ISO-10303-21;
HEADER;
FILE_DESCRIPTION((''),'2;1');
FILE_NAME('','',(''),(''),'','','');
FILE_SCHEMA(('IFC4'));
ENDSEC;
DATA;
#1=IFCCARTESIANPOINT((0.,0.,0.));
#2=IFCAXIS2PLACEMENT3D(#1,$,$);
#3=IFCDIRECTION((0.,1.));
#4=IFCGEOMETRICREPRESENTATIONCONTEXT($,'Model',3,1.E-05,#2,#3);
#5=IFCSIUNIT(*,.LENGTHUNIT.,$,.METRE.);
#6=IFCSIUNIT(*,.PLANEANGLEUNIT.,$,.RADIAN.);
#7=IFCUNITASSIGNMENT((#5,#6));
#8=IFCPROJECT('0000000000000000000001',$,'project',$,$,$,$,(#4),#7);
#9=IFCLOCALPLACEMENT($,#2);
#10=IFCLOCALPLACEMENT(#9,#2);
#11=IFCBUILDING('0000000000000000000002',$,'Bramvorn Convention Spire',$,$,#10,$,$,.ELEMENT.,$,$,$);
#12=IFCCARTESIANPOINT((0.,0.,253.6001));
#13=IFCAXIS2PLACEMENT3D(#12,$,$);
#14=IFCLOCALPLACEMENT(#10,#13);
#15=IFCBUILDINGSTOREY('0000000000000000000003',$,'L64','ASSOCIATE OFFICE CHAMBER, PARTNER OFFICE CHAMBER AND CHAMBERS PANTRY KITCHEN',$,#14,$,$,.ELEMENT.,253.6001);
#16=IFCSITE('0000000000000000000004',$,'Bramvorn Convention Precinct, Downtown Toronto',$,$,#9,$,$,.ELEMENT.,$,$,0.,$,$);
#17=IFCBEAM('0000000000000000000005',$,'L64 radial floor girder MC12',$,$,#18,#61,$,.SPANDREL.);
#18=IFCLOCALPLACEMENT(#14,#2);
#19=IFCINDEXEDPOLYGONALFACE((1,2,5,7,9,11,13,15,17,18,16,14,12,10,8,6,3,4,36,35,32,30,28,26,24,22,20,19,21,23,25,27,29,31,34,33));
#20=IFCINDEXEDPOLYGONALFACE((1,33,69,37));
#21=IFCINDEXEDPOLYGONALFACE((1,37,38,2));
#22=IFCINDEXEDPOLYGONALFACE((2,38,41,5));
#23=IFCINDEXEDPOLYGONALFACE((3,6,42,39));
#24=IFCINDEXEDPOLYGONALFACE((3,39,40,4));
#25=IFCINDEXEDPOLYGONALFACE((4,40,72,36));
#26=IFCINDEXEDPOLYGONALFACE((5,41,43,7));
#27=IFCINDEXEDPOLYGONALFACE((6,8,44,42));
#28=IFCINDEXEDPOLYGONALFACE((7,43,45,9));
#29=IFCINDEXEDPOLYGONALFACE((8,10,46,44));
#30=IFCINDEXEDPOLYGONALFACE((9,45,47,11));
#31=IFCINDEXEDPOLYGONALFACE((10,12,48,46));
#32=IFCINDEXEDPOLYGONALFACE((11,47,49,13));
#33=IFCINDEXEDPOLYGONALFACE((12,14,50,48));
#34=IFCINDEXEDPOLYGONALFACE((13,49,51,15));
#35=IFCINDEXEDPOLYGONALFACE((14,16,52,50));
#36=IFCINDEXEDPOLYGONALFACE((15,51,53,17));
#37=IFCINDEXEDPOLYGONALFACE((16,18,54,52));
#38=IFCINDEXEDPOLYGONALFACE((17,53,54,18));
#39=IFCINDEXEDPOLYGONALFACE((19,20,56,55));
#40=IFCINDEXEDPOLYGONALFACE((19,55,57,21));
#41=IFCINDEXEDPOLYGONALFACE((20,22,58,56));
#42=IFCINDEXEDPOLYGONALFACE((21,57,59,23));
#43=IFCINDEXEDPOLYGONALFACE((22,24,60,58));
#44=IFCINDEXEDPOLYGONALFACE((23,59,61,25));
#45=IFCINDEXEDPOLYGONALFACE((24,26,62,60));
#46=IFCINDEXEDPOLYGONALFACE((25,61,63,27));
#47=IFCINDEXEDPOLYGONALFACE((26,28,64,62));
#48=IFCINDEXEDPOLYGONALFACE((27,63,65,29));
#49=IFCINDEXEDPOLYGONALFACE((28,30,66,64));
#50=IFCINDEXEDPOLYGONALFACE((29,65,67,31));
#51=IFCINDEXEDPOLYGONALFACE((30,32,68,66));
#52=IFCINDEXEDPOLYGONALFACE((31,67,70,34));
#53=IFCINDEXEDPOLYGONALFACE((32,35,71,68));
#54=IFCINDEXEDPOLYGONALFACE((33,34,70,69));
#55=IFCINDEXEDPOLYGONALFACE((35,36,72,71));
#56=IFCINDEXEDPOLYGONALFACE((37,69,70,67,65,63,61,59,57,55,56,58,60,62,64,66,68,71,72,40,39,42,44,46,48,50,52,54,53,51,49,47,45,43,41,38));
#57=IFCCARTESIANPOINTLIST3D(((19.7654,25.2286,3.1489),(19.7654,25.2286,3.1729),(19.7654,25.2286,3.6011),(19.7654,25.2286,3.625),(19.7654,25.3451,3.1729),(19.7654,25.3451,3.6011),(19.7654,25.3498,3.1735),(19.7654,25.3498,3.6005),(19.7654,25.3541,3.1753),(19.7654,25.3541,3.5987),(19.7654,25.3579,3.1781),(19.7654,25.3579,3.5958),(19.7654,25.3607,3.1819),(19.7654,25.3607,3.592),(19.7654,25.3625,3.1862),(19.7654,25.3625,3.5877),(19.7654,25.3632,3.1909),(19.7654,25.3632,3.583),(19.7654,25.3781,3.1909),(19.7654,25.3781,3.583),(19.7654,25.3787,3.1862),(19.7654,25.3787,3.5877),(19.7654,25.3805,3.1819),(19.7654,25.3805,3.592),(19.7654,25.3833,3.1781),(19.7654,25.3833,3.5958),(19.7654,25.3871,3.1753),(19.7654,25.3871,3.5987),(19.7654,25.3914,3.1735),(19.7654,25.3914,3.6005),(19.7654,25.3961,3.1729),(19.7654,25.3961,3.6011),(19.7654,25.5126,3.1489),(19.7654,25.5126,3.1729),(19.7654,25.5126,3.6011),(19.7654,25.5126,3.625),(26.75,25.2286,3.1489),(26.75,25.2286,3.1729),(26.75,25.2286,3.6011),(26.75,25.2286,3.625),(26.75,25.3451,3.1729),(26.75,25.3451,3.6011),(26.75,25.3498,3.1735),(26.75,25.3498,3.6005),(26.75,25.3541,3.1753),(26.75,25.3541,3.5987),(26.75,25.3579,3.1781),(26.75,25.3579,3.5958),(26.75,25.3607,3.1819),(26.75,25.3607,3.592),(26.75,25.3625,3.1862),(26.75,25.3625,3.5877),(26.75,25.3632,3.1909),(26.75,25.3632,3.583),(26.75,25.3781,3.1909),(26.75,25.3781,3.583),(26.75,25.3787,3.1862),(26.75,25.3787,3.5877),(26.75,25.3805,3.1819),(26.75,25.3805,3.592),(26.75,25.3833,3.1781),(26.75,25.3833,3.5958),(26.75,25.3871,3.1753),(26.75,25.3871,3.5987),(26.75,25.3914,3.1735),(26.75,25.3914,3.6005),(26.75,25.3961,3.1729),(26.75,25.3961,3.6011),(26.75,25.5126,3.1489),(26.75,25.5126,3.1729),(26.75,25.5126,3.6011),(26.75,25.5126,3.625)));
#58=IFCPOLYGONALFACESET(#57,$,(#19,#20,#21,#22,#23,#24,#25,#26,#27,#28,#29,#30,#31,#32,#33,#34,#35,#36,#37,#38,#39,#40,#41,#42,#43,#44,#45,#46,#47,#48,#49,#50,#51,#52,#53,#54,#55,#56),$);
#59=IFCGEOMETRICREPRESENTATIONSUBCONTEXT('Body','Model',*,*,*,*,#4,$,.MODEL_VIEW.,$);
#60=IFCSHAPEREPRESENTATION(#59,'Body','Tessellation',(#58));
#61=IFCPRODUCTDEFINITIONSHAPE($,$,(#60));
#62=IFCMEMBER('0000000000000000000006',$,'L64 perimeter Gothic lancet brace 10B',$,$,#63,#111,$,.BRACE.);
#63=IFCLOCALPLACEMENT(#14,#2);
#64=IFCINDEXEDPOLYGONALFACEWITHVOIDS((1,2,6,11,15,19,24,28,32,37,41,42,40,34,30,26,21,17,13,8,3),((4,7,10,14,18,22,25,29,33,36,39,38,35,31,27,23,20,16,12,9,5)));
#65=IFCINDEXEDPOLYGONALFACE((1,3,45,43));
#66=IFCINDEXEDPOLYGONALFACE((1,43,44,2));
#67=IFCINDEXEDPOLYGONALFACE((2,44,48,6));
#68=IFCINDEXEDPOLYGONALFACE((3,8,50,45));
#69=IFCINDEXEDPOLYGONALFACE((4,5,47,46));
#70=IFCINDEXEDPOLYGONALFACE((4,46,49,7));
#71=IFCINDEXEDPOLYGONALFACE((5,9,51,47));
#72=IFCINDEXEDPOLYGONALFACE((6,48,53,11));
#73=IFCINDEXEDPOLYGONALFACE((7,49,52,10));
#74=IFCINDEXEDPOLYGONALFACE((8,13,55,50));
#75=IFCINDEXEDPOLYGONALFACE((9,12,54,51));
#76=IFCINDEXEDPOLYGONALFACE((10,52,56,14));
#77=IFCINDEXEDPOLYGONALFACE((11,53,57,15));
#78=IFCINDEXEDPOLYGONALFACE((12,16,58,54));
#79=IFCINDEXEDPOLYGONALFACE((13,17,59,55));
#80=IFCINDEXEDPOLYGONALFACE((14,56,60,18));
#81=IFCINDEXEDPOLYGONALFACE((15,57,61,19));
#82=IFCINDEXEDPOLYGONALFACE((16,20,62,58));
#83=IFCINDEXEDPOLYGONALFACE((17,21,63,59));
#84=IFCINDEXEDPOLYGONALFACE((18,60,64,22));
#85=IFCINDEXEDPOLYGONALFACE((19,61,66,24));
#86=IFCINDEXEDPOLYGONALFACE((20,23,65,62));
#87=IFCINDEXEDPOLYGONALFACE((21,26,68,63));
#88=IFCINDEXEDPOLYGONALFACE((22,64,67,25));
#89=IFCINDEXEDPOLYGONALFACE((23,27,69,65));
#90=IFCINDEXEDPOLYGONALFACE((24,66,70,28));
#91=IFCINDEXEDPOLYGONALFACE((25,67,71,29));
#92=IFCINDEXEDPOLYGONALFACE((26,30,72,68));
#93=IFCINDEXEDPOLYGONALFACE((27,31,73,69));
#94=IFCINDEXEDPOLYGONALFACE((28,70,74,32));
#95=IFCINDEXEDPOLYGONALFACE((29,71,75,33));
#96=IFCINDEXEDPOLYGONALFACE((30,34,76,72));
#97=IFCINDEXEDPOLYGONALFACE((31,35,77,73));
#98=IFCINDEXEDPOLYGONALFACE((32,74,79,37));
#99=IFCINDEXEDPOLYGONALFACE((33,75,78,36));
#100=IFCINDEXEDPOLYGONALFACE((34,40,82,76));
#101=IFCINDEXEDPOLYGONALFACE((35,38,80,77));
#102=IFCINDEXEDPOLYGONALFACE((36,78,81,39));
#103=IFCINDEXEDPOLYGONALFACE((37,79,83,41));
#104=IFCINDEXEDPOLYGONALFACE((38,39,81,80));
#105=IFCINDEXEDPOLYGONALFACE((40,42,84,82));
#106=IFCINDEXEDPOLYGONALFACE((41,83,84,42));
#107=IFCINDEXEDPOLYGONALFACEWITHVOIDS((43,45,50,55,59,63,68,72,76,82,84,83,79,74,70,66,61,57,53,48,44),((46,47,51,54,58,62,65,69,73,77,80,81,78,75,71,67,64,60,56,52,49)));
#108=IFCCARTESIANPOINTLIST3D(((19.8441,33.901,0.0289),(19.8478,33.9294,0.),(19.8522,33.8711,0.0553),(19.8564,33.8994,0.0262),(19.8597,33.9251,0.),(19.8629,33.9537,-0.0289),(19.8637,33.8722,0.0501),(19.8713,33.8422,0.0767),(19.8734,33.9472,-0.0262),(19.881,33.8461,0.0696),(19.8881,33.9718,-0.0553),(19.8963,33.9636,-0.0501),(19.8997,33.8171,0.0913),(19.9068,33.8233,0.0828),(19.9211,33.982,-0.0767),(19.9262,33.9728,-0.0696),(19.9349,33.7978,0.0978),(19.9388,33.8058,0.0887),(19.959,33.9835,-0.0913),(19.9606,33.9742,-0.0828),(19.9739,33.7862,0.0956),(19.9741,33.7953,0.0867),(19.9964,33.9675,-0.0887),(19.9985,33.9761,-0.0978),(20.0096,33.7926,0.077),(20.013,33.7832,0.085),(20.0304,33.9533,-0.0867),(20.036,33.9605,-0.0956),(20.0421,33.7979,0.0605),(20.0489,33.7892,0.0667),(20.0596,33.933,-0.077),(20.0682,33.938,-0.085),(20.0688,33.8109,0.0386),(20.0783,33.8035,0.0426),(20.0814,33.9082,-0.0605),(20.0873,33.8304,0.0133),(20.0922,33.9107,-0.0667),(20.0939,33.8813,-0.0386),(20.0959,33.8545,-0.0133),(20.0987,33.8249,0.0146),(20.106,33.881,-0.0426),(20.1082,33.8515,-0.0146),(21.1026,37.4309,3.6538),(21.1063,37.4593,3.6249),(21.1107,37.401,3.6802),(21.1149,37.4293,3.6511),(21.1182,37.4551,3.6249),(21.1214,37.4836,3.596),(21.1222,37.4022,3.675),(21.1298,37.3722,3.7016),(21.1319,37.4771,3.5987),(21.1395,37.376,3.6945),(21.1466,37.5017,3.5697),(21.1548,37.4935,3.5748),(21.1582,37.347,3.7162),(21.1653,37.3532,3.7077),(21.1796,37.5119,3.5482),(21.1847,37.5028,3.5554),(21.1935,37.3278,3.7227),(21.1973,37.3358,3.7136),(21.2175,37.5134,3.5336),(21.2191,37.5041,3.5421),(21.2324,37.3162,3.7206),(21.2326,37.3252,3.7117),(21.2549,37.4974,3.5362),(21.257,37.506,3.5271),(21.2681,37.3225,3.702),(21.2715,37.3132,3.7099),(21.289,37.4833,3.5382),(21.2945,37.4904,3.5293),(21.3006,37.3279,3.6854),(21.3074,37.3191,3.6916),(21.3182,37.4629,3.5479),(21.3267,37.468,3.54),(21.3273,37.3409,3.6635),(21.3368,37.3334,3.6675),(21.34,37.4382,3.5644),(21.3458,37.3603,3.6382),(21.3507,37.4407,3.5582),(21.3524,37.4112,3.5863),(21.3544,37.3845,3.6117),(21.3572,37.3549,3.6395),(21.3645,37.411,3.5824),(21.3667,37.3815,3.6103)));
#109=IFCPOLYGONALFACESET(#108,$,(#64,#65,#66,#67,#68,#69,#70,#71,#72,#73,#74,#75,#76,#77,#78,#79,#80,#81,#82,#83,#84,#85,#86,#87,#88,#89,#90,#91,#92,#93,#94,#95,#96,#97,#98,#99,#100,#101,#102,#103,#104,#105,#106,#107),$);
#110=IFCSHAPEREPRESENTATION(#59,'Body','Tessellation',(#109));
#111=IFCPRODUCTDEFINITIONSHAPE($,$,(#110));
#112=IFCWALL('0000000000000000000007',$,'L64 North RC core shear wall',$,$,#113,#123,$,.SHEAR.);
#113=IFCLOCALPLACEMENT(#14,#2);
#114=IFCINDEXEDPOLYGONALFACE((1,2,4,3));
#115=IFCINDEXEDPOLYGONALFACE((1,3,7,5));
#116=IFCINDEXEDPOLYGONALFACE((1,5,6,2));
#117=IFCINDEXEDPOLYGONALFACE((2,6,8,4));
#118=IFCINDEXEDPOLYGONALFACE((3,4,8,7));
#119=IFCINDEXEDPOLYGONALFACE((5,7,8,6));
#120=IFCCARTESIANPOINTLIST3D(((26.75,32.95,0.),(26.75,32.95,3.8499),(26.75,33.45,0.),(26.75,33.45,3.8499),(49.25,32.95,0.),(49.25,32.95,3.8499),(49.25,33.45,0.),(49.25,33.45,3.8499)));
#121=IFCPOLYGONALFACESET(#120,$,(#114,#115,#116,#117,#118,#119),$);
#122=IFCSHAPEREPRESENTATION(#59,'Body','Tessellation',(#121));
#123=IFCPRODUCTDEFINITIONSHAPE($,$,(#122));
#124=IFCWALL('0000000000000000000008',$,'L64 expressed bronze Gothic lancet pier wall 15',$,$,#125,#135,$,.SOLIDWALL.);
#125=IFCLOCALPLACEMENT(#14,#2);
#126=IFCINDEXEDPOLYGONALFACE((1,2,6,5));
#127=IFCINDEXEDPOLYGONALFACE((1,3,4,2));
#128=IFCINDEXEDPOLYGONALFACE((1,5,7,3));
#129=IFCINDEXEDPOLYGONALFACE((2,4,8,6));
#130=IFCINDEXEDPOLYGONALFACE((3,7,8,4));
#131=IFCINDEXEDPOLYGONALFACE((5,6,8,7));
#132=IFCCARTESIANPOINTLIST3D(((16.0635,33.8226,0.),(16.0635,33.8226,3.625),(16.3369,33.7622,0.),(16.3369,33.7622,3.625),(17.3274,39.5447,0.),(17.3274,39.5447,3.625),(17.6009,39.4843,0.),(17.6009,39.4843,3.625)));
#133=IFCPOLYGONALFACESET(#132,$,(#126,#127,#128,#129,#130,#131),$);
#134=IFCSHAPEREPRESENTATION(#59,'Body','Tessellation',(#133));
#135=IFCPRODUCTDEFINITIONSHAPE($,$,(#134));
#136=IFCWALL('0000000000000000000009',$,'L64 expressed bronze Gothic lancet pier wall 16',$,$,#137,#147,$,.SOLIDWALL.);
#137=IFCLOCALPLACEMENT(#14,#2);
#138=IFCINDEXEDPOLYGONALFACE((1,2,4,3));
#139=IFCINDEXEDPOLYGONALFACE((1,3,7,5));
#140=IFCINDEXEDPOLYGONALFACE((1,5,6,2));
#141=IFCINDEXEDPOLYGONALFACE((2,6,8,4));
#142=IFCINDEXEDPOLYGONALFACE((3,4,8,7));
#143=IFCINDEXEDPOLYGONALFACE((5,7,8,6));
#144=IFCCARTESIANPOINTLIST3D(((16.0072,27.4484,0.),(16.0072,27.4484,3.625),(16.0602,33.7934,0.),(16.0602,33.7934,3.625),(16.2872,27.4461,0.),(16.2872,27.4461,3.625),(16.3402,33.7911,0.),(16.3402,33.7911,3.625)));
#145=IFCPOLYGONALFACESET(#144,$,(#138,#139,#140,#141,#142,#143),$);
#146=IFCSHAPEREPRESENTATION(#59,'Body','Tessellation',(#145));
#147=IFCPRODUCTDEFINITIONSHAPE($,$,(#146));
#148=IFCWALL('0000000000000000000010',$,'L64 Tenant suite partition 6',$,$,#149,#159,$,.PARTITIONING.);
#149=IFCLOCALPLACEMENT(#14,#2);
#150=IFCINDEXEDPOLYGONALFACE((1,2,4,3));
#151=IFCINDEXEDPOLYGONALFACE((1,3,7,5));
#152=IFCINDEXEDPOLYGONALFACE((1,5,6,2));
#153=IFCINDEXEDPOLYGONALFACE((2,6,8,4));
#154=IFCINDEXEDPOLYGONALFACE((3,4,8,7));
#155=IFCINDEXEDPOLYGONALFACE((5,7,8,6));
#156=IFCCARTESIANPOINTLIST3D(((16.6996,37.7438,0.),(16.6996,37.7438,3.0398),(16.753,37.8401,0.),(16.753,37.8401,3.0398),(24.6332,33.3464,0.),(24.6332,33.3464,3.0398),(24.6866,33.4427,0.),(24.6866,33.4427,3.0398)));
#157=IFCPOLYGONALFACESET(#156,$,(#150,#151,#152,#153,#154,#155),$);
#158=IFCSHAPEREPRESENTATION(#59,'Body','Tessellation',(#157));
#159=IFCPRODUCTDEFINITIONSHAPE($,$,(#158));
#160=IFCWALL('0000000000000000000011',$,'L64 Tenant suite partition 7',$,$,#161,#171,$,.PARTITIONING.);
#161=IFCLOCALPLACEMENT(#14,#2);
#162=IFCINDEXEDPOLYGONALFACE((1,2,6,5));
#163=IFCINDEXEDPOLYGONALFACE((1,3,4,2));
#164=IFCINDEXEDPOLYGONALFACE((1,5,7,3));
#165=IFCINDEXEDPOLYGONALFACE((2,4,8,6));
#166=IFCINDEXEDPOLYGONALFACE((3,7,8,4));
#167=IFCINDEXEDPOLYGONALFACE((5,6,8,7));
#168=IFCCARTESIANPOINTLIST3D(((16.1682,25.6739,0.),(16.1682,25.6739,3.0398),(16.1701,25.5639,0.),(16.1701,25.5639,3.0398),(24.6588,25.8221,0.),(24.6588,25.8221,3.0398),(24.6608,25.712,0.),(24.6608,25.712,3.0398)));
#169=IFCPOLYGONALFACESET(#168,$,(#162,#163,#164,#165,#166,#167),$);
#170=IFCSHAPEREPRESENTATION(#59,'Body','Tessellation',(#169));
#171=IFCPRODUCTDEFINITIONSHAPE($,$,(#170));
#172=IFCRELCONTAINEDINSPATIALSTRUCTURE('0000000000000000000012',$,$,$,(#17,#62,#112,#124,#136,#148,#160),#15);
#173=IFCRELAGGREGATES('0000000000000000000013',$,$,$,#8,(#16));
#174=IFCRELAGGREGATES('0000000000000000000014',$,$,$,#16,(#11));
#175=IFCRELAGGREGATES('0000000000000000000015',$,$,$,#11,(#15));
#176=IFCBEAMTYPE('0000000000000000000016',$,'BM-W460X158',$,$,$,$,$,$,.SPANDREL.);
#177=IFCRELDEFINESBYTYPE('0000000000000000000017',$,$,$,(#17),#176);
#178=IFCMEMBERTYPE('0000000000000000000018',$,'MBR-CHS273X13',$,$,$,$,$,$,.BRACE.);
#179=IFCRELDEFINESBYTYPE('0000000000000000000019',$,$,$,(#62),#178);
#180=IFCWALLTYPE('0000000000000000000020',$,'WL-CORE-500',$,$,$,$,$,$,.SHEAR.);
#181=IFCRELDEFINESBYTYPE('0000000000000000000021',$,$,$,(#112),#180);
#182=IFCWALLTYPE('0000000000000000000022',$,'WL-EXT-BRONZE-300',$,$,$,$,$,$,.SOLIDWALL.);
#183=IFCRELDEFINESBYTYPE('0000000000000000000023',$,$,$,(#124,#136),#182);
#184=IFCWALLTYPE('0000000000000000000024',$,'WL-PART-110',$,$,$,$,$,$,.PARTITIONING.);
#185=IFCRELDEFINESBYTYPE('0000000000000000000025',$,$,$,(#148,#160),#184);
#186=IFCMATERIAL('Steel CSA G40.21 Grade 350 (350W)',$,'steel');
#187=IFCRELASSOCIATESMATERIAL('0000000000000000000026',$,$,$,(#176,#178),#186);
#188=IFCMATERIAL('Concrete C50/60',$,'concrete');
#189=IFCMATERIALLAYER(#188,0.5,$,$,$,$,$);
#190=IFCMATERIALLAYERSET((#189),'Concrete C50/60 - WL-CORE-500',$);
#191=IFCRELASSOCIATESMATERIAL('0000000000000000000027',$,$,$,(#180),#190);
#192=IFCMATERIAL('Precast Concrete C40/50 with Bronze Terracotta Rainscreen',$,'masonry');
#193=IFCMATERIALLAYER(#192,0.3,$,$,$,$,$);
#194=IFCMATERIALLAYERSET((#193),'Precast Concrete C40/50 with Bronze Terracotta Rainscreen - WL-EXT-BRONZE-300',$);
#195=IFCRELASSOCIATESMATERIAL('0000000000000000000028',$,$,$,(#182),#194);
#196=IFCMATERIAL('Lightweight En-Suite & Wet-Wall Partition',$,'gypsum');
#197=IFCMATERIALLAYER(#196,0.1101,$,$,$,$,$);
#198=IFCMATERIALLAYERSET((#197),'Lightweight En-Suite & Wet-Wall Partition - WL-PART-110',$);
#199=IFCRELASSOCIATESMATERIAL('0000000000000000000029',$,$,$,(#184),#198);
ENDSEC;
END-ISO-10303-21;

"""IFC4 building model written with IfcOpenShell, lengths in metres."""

from ifc_helpers import new_model, si_unit, direction, frame, frame_2d, origin, origin_2d, place, context, subcontext, project, spatial, rectangle, hollow_circle, i_section, extrude, material, layer, layer_set, material_profile, profile_set, type_object, element, save


model = new_model("IFC4")

# Units and contexts
model_context = context("Model", 3, precision=1e-05, world=origin(), true_north=direction((0.0, 1.0)))
body_context = subcontext(model_context, "Body", "Model", "MODEL_VIEW")
ifc_project = project(units=[si_unit("LENGTHUNIT", "METRE"), si_unit("PLANEANGLEUNIT", "RADIAN")], contexts=[model_context])

# Site, building, storey
site_placement = place(None, origin())
site = spatial("IfcSite", under=ifc_project, at=site_placement, Name="Bramvorn Convention Precinct, Downtown Toronto", CompositionType="ELEMENT", RefElevation=0.0)
building_placement = place(site_placement, origin())
building = spatial("IfcBuilding", under=site, at=building_placement, Name="Bramvorn Convention Spire", CompositionType="ELEMENT")
storey_placement = place(building_placement, frame((0.0, 0.0, 253.6001)))
storey = spatial("IfcBuildingStorey", under=building, at=storey_placement, Name="L64", Description="ASSOCIATE OFFICE CHAMBER, PARTNER OFFICE CHAMBER AND CHAMBERS PANTRY KITCHEN", CompositionType="ELEMENT", Elevation=253.6001)

# Shared definitions
ifc_material_1 = material(Name="Steel CSA G40.21 Grade 350 (350W)", Category="steel")

# Beam
ifc_material_profile_1 = material_profile(ifc_material_1, i_section(OverallWidth=0.2839, OverallDepth=0.4761, WebThickness=0.0149, FlangeThickness=0.0239, FilletRadius=0.0181, at=origin_2d()))
ifc_profile_set_1 = profile_set([ifc_material_profile_1], Name="Steel CSA G40.21 Grade 350 (350W) - W460X158")
beam_type_1 = type_object("IfcBeamType", Name="BM-W460X158", PredefinedType="SPANDREL", material=ifc_profile_set_1)
beam_1_placement = place(storey_placement, frame((26.75, 25.3706, 3.387), z_axis=(-1.0, 0.0, 0.0), x_axis=(0.0, -1.0, 0.0)))
element("IfcBeam", 1, at=beam_1_placement, inside=storey, type_object=beam_type_1, Name="L64 radial floor girder MC12", PredefinedType="SPANDREL", context=body_context, shape_type="SweptSolid", body=[
    extrude(i_section(OverallWidth=0.2839, OverallDepth=0.4761, WebThickness=0.0149, FlangeThickness=0.0239, FilletRadius=0.0181, at=origin_2d()), origin(), (0.0, 0.0, 1.0), 6.9846),
])

# Member
ifc_material_profile_2 = material_profile(ifc_material_1, hollow_circle(Radius=0.1365, WallThickness=0.0127, at=origin_2d()))
ifc_profile_set_2 = profile_set([ifc_material_profile_2], Name="Steel CSA G40.21 Grade 350 (350W) - CHS273X13")
member_type = type_object("IfcMemberType", Name="MBR-CHS273X13", PredefinedType="BRACE", material=ifc_profile_set_2)
member_placement = place(storey_placement, frame((19.9763, 33.8835, 0.0), z_axis=(0.241379, 0.677031, 0.695245), x_axis=(-0.941926, 0.33582, 0.0)))
element("IfcMember", 2, at=member_placement, inside=storey, type_object=member_type, Name="L64 perimeter Gothic lancet brace 10B", PredefinedType="BRACE", context=body_context, shape_type="SweptSolid", body=[
    extrude(hollow_circle(Radius=0.1365, WallThickness=0.0127, at=origin_2d()), origin(), (0.0, 0.0, 1.0), 5.2139),
])

# Walls
ifc_material_2 = material(Name="Concrete C50/60", Category="concrete")
ifc_layer_1 = layer(ifc_material_2, 0.5)
ifc_layer_set_1 = layer_set([ifc_layer_1], Name="Concrete C50/60 - WL-CORE-500")
wall_type_1 = type_object("IfcWallType", Name="WL-CORE-500", PredefinedType="SHEAR", material=ifc_layer_set_1)
wall_1_placement = place(storey_placement, frame((26.75, 33.2, 0.0), z_axis=(0.0, 0.0, 1.0), x_axis=(1.0, 0.0, 0.0)))
element("IfcWall", 3, at=wall_1_placement, inside=storey, type_object=wall_type_1, Name="L64 North RC core shear wall", PredefinedType="SHEAR", context=body_context, shape_type="SweptSolid", body=[
    extrude(rectangle(XDim=22.5, YDim=0.5, at=frame_2d((11.25, 0.0))), origin(), (0.0, 0.0, 1.0), 3.8499),
])
ifc_material_3 = material(Name="Precast Concrete C40/50 with Bronze Terracotta Rainscreen", Category="masonry")
ifc_layer_2 = layer(ifc_material_3, 0.3)
ifc_layer_set_2 = layer_set([ifc_layer_2], Name="Precast Concrete C40/50 with Bronze Terracotta Rainscreen - WL-EXT-BRONZE-300")
wall_type_2 = type_object("IfcWallType", Name="WL-EXT-BRONZE-300", PredefinedType="SOLIDWALL", material=ifc_layer_set_2)
wall_2_placement = place(storey_placement, frame((16.2002, 33.7922, 0.0), z_axis=(0.0, 0.0, 1.0), x_axis=(0.215682, 0.976464, 0.0)))
element("IfcWall", 4, at=wall_2_placement, inside=storey, type_object=wall_type_2, Name="L64 expressed bronze Gothic lancet pier wall 15", PredefinedType="SOLIDWALL", context=body_context, shape_type="SweptSolid", body=[
    extrude(rectangle(XDim=5.8601, YDim=0.28, at=frame_2d((2.9302, 0.0))), origin(), (0.0, 0.0, 1.0), 3.625),
])
wall_3_placement = place(storey_placement, frame((16.1472, 27.4473, 0.0), z_axis=(0.0, 0.0, 1.0), x_axis=(0.008349, 0.999965, 0.0)))
element("IfcWall", 5, at=wall_3_placement, inside=storey, type_object=wall_type_2, Name="L64 expressed bronze Gothic lancet pier wall 16", PredefinedType="SOLIDWALL", context=body_context, shape_type="SweptSolid", body=[
    extrude(rectangle(XDim=6.3452, YDim=0.28, at=frame_2d((3.1726, 0.0))), origin(), (0.0, 0.0, 1.0), 3.625),
])
ifc_material_4 = material(Name="Lightweight En-Suite & Wet-Wall Partition", Category="gypsum")
ifc_layer_3 = layer(ifc_material_4, 0.1101)
ifc_layer_set_3 = layer_set([ifc_layer_3], Name="Lightweight En-Suite & Wet-Wall Partition - WL-PART-110")
wall_type_3 = type_object("IfcWallType", Name="WL-PART-110", PredefinedType="PARTITIONING", material=ifc_layer_set_3)
wall_4_placement = place(storey_placement, frame((24.6599, 33.3945, 0.0), z_axis=(0.0, 0.0, 1.0), x_axis=(-0.874629, 0.484793, 0.0)))
element("IfcWall", 6, at=wall_4_placement, inside=storey, type_object=wall_type_3, Name="L64 Tenant suite partition 6", PredefinedType="PARTITIONING", context=body_context, shape_type="SweptSolid", body=[
    extrude(rectangle(XDim=9.0708, YDim=0.1101, at=frame_2d((4.5354, 0.0))), origin(), (0.0, 0.0, 1.0), 3.0398),
])
wall_5_placement = place(storey_placement, frame((24.6599, 25.7671, 0.0), z_axis=(0.0, 0.0, 1.0), x_axis=(-0.999848, -0.017451, 0.0)))
element("IfcWall", 7, at=wall_5_placement, inside=storey, type_object=wall_type_3, Name="L64 Tenant suite partition 7", PredefinedType="PARTITIONING", context=body_context, shape_type="SweptSolid", body=[
    extrude(rectangle(XDim=8.4919, YDim=0.1101, at=frame_2d((4.2461, 0.0))), origin(), (0.0, 0.0, 1.0), 3.0398),
])

save(model, "model.ifc")
